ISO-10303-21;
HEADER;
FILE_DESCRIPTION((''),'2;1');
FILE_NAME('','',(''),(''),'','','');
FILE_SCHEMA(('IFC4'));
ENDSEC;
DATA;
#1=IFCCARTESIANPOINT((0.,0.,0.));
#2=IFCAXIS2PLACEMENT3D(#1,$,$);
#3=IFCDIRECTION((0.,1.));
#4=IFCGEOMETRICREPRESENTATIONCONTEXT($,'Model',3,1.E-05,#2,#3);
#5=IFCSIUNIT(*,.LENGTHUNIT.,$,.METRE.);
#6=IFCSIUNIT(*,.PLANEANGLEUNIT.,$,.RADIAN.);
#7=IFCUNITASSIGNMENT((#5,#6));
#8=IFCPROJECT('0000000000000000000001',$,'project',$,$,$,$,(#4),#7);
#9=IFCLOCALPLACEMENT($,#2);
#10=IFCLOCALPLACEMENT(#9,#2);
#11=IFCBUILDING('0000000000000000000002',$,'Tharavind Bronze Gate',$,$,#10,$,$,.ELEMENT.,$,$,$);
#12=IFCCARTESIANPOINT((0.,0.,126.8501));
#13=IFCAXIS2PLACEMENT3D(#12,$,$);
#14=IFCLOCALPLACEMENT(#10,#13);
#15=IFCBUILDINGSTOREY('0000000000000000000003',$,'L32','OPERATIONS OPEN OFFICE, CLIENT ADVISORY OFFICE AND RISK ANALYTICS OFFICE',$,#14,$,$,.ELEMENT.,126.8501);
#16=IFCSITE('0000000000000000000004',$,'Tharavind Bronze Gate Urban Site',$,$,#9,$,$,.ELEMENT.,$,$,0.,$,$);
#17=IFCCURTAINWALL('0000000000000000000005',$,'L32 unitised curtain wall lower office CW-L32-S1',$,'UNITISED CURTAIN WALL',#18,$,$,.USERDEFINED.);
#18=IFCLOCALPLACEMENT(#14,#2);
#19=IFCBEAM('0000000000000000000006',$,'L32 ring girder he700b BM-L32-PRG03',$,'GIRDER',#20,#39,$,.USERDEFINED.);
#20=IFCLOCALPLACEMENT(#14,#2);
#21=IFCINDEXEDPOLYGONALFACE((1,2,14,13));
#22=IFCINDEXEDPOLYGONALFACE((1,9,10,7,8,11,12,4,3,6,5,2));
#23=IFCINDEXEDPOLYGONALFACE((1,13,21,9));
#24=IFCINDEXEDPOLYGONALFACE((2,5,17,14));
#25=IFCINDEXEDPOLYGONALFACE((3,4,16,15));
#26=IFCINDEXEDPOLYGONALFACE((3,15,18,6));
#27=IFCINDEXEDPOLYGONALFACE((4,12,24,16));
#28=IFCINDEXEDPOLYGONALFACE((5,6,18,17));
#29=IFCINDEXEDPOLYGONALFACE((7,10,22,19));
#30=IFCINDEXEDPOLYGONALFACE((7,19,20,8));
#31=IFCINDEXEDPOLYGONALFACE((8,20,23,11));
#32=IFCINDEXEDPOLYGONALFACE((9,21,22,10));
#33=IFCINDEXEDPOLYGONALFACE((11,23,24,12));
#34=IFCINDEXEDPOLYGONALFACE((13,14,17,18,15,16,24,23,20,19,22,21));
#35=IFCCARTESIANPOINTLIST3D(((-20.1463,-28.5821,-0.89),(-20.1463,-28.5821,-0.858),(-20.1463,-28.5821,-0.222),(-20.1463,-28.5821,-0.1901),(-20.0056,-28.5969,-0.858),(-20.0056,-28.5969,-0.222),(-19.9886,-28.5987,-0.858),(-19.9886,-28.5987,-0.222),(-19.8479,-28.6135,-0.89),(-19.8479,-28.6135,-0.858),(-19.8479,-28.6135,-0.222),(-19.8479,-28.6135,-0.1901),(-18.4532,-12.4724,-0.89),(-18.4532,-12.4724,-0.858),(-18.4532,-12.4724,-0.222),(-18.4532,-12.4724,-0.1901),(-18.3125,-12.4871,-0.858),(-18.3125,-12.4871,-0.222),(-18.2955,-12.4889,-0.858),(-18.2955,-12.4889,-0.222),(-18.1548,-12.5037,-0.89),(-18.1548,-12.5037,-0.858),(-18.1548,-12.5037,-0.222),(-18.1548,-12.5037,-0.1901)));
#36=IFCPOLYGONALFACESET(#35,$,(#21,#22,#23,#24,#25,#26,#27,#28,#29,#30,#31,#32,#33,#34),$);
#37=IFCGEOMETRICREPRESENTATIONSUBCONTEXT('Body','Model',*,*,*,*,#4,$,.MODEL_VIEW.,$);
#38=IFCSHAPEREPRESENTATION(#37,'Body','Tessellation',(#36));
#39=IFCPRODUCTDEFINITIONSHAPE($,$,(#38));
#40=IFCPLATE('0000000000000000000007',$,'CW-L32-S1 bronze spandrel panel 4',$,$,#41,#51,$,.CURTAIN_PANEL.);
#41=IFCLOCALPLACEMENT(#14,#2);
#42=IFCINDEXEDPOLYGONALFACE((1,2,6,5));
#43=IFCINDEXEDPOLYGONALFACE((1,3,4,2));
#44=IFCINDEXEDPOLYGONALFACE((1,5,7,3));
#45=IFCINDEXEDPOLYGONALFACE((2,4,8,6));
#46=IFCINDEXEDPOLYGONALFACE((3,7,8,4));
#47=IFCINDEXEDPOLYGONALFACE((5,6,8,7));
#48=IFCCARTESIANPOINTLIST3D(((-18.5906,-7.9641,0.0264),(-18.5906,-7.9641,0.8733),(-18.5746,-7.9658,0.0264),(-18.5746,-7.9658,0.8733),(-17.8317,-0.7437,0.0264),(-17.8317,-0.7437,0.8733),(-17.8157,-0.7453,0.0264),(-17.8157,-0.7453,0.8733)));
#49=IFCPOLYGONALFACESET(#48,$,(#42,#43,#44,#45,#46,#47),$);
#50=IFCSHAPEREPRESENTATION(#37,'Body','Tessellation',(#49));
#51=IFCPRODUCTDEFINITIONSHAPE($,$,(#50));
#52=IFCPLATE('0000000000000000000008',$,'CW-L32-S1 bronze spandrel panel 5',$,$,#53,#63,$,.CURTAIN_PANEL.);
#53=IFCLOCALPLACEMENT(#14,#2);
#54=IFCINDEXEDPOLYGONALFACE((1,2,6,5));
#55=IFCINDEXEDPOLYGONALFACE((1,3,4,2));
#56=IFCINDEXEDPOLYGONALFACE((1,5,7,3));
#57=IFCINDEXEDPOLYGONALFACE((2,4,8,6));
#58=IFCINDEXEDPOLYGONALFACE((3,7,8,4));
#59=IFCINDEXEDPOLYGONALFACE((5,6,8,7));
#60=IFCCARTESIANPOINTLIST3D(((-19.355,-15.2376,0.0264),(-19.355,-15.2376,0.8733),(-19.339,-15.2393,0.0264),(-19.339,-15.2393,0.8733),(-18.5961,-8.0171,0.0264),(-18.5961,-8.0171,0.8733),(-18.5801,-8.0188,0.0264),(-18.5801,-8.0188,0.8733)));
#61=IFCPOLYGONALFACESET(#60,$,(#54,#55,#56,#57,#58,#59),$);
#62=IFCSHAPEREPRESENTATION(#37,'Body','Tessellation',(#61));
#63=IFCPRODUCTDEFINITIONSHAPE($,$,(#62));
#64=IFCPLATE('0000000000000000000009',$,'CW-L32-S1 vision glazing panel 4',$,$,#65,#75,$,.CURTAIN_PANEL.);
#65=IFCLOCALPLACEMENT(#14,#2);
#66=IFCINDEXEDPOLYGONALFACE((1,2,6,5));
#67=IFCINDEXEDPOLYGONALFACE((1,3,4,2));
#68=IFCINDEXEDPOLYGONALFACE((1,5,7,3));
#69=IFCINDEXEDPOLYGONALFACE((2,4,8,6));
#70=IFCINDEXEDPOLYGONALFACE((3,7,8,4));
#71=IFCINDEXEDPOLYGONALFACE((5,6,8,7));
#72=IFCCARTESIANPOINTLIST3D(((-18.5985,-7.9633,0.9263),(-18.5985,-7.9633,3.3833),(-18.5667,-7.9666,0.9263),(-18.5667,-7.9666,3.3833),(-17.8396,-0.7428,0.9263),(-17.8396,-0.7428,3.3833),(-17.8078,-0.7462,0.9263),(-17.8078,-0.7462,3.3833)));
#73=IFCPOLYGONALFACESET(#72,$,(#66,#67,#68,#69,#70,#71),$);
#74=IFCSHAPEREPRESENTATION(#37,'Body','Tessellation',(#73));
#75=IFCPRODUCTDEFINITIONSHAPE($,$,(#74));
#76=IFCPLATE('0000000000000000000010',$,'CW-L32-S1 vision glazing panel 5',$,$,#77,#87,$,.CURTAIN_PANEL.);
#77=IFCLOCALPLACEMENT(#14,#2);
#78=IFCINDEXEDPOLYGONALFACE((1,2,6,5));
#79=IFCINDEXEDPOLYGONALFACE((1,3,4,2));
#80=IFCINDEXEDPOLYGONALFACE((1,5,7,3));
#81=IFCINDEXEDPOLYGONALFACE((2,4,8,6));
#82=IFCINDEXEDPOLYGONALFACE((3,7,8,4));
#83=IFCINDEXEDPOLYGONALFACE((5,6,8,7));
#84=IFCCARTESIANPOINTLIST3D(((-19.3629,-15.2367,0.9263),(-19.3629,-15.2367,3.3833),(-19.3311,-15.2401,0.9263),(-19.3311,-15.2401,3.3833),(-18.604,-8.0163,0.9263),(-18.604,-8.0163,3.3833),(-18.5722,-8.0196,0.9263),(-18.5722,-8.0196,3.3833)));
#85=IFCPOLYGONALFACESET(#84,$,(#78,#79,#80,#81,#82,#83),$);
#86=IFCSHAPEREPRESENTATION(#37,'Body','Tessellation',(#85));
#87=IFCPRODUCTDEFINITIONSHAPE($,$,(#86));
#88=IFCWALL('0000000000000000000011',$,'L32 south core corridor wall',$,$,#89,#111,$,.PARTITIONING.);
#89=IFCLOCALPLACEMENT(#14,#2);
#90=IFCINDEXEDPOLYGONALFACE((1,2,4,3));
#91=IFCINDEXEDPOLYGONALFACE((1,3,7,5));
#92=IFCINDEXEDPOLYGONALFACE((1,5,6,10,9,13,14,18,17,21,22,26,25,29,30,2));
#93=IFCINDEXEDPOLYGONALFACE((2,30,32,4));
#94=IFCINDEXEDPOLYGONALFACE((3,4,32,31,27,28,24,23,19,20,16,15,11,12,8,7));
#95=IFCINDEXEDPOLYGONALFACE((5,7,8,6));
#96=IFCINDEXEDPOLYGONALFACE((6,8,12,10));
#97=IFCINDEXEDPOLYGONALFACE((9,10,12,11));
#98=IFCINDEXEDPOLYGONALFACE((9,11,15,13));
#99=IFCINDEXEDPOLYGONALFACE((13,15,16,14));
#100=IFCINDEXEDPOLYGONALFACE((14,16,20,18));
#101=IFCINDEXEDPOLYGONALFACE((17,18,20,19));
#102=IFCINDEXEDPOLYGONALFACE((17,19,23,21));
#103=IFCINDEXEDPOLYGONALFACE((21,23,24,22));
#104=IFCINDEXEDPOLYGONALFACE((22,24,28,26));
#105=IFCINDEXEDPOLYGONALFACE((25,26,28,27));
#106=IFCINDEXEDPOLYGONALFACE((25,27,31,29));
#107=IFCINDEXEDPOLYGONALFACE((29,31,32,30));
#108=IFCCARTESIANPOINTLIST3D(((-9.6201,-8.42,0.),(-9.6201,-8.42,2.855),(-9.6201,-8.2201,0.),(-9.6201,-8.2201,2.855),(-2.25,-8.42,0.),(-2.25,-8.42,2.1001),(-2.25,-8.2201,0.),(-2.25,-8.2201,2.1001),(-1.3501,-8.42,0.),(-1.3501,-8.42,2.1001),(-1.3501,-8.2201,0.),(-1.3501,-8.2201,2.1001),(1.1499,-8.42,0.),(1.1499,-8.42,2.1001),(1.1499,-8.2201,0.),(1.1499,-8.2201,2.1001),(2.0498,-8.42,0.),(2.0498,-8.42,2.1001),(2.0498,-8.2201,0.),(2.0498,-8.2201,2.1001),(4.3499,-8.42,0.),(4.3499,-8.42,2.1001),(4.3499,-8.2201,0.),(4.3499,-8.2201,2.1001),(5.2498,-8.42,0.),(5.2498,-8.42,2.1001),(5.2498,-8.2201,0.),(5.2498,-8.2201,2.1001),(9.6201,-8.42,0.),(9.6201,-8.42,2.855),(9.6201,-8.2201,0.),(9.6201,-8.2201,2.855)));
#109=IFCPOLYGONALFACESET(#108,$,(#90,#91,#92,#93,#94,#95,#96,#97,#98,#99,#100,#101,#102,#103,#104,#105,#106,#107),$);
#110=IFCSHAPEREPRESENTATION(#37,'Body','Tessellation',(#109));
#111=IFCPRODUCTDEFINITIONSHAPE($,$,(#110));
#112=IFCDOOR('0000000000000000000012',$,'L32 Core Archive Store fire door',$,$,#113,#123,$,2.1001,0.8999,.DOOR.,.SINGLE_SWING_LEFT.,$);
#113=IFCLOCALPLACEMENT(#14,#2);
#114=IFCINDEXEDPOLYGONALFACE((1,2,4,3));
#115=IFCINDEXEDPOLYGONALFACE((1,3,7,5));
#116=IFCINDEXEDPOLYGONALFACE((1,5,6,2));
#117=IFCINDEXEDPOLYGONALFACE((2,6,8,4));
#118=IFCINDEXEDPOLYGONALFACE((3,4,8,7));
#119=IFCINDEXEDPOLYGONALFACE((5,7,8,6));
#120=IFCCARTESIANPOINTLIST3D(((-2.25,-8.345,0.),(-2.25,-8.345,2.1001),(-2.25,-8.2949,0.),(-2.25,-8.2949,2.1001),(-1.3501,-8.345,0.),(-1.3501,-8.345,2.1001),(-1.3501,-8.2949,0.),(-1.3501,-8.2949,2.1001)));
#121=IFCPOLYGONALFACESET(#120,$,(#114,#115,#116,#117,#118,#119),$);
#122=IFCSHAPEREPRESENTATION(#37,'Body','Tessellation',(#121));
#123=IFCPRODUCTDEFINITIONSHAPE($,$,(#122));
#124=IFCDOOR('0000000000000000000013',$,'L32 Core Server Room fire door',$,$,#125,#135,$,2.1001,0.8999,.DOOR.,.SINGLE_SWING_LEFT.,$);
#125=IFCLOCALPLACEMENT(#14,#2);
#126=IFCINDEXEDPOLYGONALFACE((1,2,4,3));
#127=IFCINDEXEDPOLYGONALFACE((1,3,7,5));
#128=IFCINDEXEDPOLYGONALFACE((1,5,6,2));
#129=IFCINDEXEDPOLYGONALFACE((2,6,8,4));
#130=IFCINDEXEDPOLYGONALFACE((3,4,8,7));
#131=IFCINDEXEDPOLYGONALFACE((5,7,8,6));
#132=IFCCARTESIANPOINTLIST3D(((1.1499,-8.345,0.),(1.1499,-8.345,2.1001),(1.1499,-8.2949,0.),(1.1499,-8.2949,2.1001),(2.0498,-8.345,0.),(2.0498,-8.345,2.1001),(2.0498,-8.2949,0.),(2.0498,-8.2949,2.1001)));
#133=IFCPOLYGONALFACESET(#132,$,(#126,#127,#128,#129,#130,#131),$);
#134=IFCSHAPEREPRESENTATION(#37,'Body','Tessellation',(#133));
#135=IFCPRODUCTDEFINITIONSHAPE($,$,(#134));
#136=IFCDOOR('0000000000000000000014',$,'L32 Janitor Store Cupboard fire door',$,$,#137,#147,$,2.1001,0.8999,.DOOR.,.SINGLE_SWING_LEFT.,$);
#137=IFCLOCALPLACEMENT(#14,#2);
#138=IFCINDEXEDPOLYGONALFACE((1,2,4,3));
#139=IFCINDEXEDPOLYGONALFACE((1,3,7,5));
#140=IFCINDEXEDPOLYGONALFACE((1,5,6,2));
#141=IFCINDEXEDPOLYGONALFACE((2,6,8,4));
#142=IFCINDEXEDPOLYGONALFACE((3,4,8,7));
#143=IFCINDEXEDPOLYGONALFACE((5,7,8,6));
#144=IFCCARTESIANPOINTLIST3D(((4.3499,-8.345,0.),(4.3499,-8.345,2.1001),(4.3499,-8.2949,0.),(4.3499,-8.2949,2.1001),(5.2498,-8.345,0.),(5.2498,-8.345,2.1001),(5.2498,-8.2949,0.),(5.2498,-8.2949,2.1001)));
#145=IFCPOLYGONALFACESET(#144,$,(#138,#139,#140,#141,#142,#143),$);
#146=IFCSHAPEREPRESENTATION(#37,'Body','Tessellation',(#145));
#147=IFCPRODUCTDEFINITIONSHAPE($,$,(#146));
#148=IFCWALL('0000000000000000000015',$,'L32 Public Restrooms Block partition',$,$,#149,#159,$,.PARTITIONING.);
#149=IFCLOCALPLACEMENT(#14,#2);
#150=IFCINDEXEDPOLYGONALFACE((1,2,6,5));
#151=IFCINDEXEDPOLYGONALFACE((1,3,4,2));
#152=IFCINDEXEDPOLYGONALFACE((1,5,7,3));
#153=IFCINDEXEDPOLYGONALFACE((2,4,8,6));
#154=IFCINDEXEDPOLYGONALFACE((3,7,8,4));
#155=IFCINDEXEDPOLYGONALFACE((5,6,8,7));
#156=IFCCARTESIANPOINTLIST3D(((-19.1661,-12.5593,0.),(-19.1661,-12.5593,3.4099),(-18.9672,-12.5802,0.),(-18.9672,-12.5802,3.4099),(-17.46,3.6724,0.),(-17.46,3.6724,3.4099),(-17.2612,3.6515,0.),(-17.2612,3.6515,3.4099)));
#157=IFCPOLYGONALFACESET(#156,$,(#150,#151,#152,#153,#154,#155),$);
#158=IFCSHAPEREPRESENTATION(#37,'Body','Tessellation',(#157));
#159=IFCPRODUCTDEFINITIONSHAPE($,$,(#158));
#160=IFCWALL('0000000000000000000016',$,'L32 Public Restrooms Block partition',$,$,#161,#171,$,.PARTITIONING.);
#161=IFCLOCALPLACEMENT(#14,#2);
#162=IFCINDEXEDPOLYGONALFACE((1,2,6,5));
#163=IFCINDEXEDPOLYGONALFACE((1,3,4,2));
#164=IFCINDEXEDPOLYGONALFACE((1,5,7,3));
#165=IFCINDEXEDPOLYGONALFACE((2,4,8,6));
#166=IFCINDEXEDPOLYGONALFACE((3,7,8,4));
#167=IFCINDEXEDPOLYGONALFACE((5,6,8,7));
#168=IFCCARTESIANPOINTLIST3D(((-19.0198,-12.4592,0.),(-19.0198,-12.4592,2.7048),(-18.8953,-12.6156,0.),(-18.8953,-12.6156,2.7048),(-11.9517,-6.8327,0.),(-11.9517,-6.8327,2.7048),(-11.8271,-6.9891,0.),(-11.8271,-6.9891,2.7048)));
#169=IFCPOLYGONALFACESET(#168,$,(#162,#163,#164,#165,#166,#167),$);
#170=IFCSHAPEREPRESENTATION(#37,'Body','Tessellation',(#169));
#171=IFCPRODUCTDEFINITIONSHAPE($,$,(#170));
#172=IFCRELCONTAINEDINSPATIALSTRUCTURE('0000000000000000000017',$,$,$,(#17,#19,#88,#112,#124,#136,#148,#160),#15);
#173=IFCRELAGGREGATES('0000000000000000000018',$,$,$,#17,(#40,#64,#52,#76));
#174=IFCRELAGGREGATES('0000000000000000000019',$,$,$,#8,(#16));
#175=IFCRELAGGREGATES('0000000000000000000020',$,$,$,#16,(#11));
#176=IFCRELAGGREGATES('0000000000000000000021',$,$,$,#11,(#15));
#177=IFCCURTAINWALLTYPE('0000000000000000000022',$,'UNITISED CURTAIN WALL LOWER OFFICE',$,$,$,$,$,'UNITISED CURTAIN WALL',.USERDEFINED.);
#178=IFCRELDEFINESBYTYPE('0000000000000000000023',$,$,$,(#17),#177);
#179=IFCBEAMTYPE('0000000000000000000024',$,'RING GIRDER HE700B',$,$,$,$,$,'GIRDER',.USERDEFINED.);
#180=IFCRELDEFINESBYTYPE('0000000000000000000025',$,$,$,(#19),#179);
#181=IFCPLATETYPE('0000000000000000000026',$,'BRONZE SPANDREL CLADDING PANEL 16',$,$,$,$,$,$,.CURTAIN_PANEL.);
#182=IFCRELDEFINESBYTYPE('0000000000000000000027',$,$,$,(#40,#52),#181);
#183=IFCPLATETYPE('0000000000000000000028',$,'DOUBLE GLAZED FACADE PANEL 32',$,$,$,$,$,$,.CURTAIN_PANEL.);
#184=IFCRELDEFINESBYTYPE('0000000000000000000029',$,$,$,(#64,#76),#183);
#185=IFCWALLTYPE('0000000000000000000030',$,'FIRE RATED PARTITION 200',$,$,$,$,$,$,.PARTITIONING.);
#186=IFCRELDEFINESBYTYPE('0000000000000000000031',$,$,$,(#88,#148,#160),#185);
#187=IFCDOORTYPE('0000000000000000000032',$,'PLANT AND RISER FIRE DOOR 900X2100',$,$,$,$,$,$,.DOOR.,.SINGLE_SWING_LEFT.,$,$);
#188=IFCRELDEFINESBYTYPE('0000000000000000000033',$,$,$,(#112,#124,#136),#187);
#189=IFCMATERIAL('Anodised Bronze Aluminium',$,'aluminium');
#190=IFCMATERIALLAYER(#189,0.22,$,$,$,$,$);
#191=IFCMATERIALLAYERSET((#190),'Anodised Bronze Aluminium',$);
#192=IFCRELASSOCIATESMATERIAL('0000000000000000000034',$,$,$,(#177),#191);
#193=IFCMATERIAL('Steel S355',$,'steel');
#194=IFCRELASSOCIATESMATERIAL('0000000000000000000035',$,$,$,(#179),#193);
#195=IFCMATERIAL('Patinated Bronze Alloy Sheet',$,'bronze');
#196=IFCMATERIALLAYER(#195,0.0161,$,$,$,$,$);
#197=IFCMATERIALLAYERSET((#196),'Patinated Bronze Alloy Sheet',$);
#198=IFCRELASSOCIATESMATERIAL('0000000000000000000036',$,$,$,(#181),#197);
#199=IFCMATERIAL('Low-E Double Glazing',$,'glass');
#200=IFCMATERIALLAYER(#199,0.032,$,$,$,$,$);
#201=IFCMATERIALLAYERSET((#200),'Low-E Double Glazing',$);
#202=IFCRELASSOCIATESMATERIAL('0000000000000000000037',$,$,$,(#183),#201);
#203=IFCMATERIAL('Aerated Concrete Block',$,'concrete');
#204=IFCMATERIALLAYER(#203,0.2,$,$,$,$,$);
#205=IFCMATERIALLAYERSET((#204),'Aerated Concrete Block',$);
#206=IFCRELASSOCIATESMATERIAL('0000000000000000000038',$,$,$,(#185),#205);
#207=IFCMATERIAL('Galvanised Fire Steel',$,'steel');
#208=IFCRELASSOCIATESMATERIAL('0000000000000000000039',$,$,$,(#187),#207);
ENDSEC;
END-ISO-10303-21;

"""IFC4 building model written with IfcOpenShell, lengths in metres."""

from ifc_helpers import new_model, si_unit, direction, frame, frame_2d, origin, origin_2d, place, context, subcontext, project, spatial, rectangle, i_section, extrude, material, layer, layer_set, material_profile, profile_set, type_object, element, fill, aggregate, save


model = new_model("IFC4")

# Units and contexts
model_context = context("Model", 3, precision=1e-05, world=origin(), true_north=direction((0.0, 1.0)))
body_context = subcontext(model_context, "Body", "Model", "MODEL_VIEW")
ifc_project = project(units=[si_unit("LENGTHUNIT", "METRE"), si_unit("PLANEANGLEUNIT", "RADIAN")], contexts=[model_context])

# Site, building, storey
site_placement = place(None, origin())
site = spatial("IfcSite", under=ifc_project, at=site_placement, Name="Tharavind Bronze Gate Urban Site", CompositionType="ELEMENT", RefElevation=0.0)
building_placement = place(site_placement, origin())
building = spatial("IfcBuilding", under=site, at=building_placement, Name="Tharavind Bronze Gate", CompositionType="ELEMENT")
storey_placement = place(building_placement, frame((0.0, 0.0, 126.8501)))
storey = spatial("IfcBuildingStorey", under=building, at=storey_placement, Name="L32", Description="OPERATIONS OPEN OFFICE, CLIENT ADVISORY OFFICE AND RISK ANALYTICS OFFICE", CompositionType="ELEMENT", Elevation=126.8501)

# Curtain wall
ifc_material_1 = material(Name="Anodised Bronze Aluminium", Category="aluminium")
ifc_layer_1 = layer(ifc_material_1, 0.22)
ifc_layer_set_1 = layer_set([ifc_layer_1], Name="Anodised Bronze Aluminium")
curtain_wall_type = type_object("IfcCurtainWallType", Name="UNITISED CURTAIN WALL LOWER OFFICE", ElementType="UNITISED CURTAIN WALL", PredefinedType="USERDEFINED", material=ifc_layer_set_1)
curtain_wall_placement = place(storey_placement, origin())
curtain_wall = element("IfcCurtainWall", 1, at=curtain_wall_placement, inside=storey, type_object=curtain_wall_type, Name="L32 unitised curtain wall lower office CW-L32-S1", ObjectType="UNITISED CURTAIN WALL", PredefinedType="USERDEFINED")

# Beam
ifc_material_2 = material(Name="Steel S355", Category="steel")
ifc_material_profile_1 = material_profile(ifc_material_2, i_section(OverallWidth=0.3, OverallDepth=0.7, WebThickness=0.0171, FlangeThickness=0.032, at=origin_2d()), Name="HE700B")
ifc_profile_set_1 = profile_set([ifc_material_profile_1], Name="Steel S355")
beam_type_1 = type_object("IfcBeamType", Name="RING GIRDER HE700B", ElementType="GIRDER", PredefinedType="USERDEFINED", material=ifc_profile_set_1)
beam_1_placement = place(storey_placement, frame((-18.304, -12.488, -0.54), z_axis=(-0.104522, -0.994523, 0.0), x_axis=(0.994523, -0.104522, 0.0)))
element("IfcBeam", 2, at=beam_1_placement, inside=storey, type_object=beam_type_1, Name="L32 ring girder he700b BM-L32-PRG03", ObjectType="GIRDER", PredefinedType="USERDEFINED", context=body_context, shape_type="SweptSolid", body=[
    extrude(i_section(OverallWidth=0.3, OverallDepth=0.7, WebThickness=0.0171, FlangeThickness=0.032, at=origin_2d()), origin(), (0.0, 0.0, 1.0), 16.1985),
])

# Plates
ifc_material_3 = material(Name="Patinated Bronze Alloy Sheet", Category="bronze")
ifc_layer_2 = layer(ifc_material_3, 0.0161)
ifc_layer_set_2 = layer_set([ifc_layer_2], Name="Patinated Bronze Alloy Sheet")
plate_type_1 = type_object("IfcPlateType", Name="BRONZE SPANDREL CLADDING PANEL 16", PredefinedType="CURTAIN_PANEL", material=ifc_layer_set_2)
plate_1_placement = place(storey_placement, frame((-18.2031, -4.3547, 0.0264), z_axis=(0.0, 0.0, 1.0), x_axis=(-0.104527, -0.994522, 0.0)))
plate_1 = element("IfcPlate", 3, at=plate_1_placement, type_object=plate_type_1, Name="CW-L32-S1 bronze spandrel panel 4", PredefinedType="CURTAIN_PANEL", context=body_context, shape_type="SweptSolid", body=[
    extrude(rectangle(XDim=7.2603, YDim=0.0161, at=origin_2d()), origin(), (0.0, 0.0, 1.0), 0.8469),
])
plate_2_placement = place(storey_placement, frame((-18.9675, -11.6282, 0.0264), z_axis=(0.0, 0.0, 1.0), x_axis=(-0.104527, -0.994522, 0.0)))
plate_2 = element("IfcPlate", 4, at=plate_2_placement, type_object=plate_type_1, Name="CW-L32-S1 bronze spandrel panel 5", PredefinedType="CURTAIN_PANEL", context=body_context, shape_type="SweptSolid", body=[
    extrude(rectangle(XDim=7.2603, YDim=0.0161, at=origin_2d()), origin(), (0.0, 0.0, 1.0), 0.8469),
])
ifc_material_4 = material(Name="Low-E Double Glazing", Category="glass")
ifc_layer_3 = layer(ifc_material_4, 0.032)
ifc_layer_set_3 = layer_set([ifc_layer_3], Name="Low-E Double Glazing")
plate_type_2 = type_object("IfcPlateType", Name="DOUBLE GLAZED FACADE PANEL 32", PredefinedType="CURTAIN_PANEL", material=ifc_layer_set_3)
plate_3_placement = place(storey_placement, frame((-18.2031, -4.3547, 0.9263), z_axis=(0.0, 0.0, 1.0), x_axis=(-0.104527, -0.994522, 0.0)))
plate_3 = element("IfcPlate", 5, at=plate_3_placement, type_object=plate_type_2, Name="CW-L32-S1 vision glazing panel 4", PredefinedType="CURTAIN_PANEL", context=body_context, shape_type="SweptSolid", body=[
    extrude(rectangle(XDim=7.2603, YDim=0.032, at=origin_2d()), origin(), (0.0, 0.0, 1.0), 2.457),
])
plate_4_placement = place(storey_placement, frame((-18.9675, -11.6282, 0.9263), z_axis=(0.0, 0.0, 1.0), x_axis=(-0.104527, -0.994522, 0.0)))
plate_4 = element("IfcPlate", 6, at=plate_4_placement, type_object=plate_type_2, Name="CW-L32-S1 vision glazing panel 5", PredefinedType="CURTAIN_PANEL", context=body_context, shape_type="SweptSolid", body=[
    extrude(rectangle(XDim=7.2603, YDim=0.032, at=origin_2d()), origin(), (0.0, 0.0, 1.0), 2.457),
])
aggregate(curtain_wall, [plate_1, plate_3, plate_2, plate_4])

# Wall, openings, doors
ifc_material_5 = material(Name="Aerated Concrete Block", Category="concrete")
ifc_layer_4 = layer(ifc_material_5, 0.2)
ifc_layer_set_4 = layer_set([ifc_layer_4], Name="Aerated Concrete Block")
wall_type = type_object("IfcWallType", Name="FIRE RATED PARTITION 200", PredefinedType="PARTITIONING", material=ifc_layer_set_4)
wall_1_placement = place(storey_placement, frame((-9.6201, -8.3201, 0.0), z_axis=(0.0, 0.0, 1.0), x_axis=(1.0, 0.0, 0.0)))
wall_1 = element("IfcWall", 7, at=wall_1_placement, inside=storey, type_object=wall_type, Name="L32 south core corridor wall", PredefinedType="PARTITIONING", context=body_context, shape_type="SweptSolid", body=[
    extrude(rectangle(XDim=19.2402, YDim=0.2, at=frame_2d((9.6201, 0.0))), origin(), (0.0, 0.0, 1.0), 2.855),
])
opening_1_placement = place(wall_1_placement, frame((7.3701, 0.0, 0.0)))
opening_1 = element("IfcOpeningElement", 8, at=opening_1_placement, cuts=wall_1, PredefinedType="OPENING", context=body_context, shape_type="SweptSolid", body=[
    extrude(rectangle(XDim=0.8999, YDim=2.1001, at=frame_2d((0.45, 1.05))), frame((0.0, 0.1101, 0.0), z_axis=(0.0, -1.0, 0.0), x_axis=(1.0, 0.0, 0.0)), (0.0, 0.0, 1.0), 0.22),
])
opening_2_placement = place(wall_1_placement, frame((10.77, 0.0, 0.0)))
opening_2 = element("IfcOpeningElement", 9, at=opening_2_placement, cuts=wall_1, PredefinedType="OPENING", context=body_context, shape_type="SweptSolid", body=[
    extrude(rectangle(XDim=0.8999, YDim=2.1001, at=frame_2d((0.45, 1.05))), frame((0.0, 0.1101, 0.0), z_axis=(0.0, -1.0, 0.0), x_axis=(1.0, 0.0, 0.0)), (0.0, 0.0, 1.0), 0.22),
])
opening_3_placement = place(wall_1_placement, frame((13.97, 0.0, 0.0)))
opening_3 = element("IfcOpeningElement", 10, at=opening_3_placement, cuts=wall_1, PredefinedType="OPENING", context=body_context, shape_type="SweptSolid", body=[
    extrude(rectangle(XDim=0.8999, YDim=2.1001, at=frame_2d((0.45, 1.05))), frame((0.0, 0.1101, 0.0), z_axis=(0.0, -1.0, 0.0), x_axis=(1.0, 0.0, 0.0)), (0.0, 0.0, 1.0), 0.22),
])
ifc_material_6 = material(Name="Galvanised Fire Steel", Category="steel")
door_type = type_object("IfcDoorType", Name="PLANT AND RISER FIRE DOOR 900X2100", OperationType="SINGLE_SWING_LEFT", PredefinedType="DOOR", material=ifc_material_6)
door_1_placement = place(opening_1_placement, frame((0.8999, 0.0, 0.0), z_axis=(0.0, 0.0, 1.0), x_axis=(-1.0, 0.0, 0.0)))
door_1 = element("IfcDoor", 11, at=door_1_placement, inside=storey, type_object=door_type, Name="L32 Core Archive Store fire door", OperationType="SINGLE_SWING_LEFT", OverallHeight=2.1001, OverallWidth=0.8999, PredefinedType="DOOR", context=body_context, shape_type="SweptSolid", body=[
    extrude(rectangle(XDim=0.8999, YDim=2.1001, at=frame_2d((0.45, 1.05))), frame((0.0, 0.0249, 0.0), z_axis=(0.0, -1.0, 0.0), x_axis=(1.0, 0.0, 0.0)), (0.0, 0.0, 1.0), 0.05),
])
fill(opening_1, door_1)
door_2_placement = place(opening_2_placement, frame((0.8999, 0.0, 0.0), z_axis=(0.0, 0.0, 1.0), x_axis=(-1.0, 0.0, 0.0)))
door_2 = element("IfcDoor", 12, at=door_2_placement, inside=storey, type_object=door_type, Name="L32 Core Server Room fire door", OperationType="SINGLE_SWING_LEFT", OverallHeight=2.1001, OverallWidth=0.8999, PredefinedType="DOOR", context=body_context, shape_type="SweptSolid", body=[
    extrude(rectangle(XDim=0.8999, YDim=2.1001, at=frame_2d((0.45, 1.05))), frame((0.0, 0.0249, 0.0), z_axis=(0.0, -1.0, 0.0), x_axis=(1.0, 0.0, 0.0)), (0.0, 0.0, 1.0), 0.05),
])
fill(opening_2, door_2)
door_3_placement = place(opening_3_placement, frame((0.8999, 0.0, 0.0), z_axis=(0.0, 0.0, 1.0), x_axis=(-1.0, 0.0, 0.0)))
door_3 = element("IfcDoor", 13, at=door_3_placement, inside=storey, type_object=door_type, Name="L32 Janitor Store Cupboard fire door", OperationType="SINGLE_SWING_LEFT", OverallHeight=2.1001, OverallWidth=0.8999, PredefinedType="DOOR", context=body_context, shape_type="SweptSolid", body=[
    extrude(rectangle(XDim=0.8999, YDim=2.1001, at=frame_2d((0.45, 1.05))), frame((0.0, 0.0249, 0.0), z_axis=(0.0, -1.0, 0.0), x_axis=(1.0, 0.0, 0.0)), (0.0, 0.0, 1.0), 0.05),
])
fill(opening_3, door_3)

# Walls
wall_2_placement = place(storey_placement, frame((-19.0667, -12.5698, 0.0), z_axis=(0.0, 0.0, 1.0), x_axis=(0.104531, 0.994522, 0.0)))
element("IfcWall", 14, at=wall_2_placement, inside=storey, type_object=wall_type, Name="L32 Public Restrooms Block partition", PredefinedType="PARTITIONING", context=body_context, shape_type="SweptSolid", body=[
    extrude(rectangle(XDim=16.321, YDim=0.2, at=frame_2d((8.1606, 0.0))), origin(), (0.0, 0.0, 1.0), 3.4099),
])
wall_3_placement = place(storey_placement, frame((-11.8894, -6.9109, 0.0), z_axis=(0.0, 0.0, 1.0), x_axis=(-0.78238, -0.622802, 0.0)))
element("IfcWall", 15, at=wall_3_placement, inside=storey, type_object=wall_type, Name="L32 Public Restrooms Block partition", PredefinedType="PARTITIONING", context=body_context, shape_type="SweptSolid", body=[
    extrude(rectangle(XDim=9.0342, YDim=0.2, at=frame_2d((4.5171, 0.0))), origin(), (0.0, 0.0, 1.0), 2.7048),
])

save(model, "model.ifc")
